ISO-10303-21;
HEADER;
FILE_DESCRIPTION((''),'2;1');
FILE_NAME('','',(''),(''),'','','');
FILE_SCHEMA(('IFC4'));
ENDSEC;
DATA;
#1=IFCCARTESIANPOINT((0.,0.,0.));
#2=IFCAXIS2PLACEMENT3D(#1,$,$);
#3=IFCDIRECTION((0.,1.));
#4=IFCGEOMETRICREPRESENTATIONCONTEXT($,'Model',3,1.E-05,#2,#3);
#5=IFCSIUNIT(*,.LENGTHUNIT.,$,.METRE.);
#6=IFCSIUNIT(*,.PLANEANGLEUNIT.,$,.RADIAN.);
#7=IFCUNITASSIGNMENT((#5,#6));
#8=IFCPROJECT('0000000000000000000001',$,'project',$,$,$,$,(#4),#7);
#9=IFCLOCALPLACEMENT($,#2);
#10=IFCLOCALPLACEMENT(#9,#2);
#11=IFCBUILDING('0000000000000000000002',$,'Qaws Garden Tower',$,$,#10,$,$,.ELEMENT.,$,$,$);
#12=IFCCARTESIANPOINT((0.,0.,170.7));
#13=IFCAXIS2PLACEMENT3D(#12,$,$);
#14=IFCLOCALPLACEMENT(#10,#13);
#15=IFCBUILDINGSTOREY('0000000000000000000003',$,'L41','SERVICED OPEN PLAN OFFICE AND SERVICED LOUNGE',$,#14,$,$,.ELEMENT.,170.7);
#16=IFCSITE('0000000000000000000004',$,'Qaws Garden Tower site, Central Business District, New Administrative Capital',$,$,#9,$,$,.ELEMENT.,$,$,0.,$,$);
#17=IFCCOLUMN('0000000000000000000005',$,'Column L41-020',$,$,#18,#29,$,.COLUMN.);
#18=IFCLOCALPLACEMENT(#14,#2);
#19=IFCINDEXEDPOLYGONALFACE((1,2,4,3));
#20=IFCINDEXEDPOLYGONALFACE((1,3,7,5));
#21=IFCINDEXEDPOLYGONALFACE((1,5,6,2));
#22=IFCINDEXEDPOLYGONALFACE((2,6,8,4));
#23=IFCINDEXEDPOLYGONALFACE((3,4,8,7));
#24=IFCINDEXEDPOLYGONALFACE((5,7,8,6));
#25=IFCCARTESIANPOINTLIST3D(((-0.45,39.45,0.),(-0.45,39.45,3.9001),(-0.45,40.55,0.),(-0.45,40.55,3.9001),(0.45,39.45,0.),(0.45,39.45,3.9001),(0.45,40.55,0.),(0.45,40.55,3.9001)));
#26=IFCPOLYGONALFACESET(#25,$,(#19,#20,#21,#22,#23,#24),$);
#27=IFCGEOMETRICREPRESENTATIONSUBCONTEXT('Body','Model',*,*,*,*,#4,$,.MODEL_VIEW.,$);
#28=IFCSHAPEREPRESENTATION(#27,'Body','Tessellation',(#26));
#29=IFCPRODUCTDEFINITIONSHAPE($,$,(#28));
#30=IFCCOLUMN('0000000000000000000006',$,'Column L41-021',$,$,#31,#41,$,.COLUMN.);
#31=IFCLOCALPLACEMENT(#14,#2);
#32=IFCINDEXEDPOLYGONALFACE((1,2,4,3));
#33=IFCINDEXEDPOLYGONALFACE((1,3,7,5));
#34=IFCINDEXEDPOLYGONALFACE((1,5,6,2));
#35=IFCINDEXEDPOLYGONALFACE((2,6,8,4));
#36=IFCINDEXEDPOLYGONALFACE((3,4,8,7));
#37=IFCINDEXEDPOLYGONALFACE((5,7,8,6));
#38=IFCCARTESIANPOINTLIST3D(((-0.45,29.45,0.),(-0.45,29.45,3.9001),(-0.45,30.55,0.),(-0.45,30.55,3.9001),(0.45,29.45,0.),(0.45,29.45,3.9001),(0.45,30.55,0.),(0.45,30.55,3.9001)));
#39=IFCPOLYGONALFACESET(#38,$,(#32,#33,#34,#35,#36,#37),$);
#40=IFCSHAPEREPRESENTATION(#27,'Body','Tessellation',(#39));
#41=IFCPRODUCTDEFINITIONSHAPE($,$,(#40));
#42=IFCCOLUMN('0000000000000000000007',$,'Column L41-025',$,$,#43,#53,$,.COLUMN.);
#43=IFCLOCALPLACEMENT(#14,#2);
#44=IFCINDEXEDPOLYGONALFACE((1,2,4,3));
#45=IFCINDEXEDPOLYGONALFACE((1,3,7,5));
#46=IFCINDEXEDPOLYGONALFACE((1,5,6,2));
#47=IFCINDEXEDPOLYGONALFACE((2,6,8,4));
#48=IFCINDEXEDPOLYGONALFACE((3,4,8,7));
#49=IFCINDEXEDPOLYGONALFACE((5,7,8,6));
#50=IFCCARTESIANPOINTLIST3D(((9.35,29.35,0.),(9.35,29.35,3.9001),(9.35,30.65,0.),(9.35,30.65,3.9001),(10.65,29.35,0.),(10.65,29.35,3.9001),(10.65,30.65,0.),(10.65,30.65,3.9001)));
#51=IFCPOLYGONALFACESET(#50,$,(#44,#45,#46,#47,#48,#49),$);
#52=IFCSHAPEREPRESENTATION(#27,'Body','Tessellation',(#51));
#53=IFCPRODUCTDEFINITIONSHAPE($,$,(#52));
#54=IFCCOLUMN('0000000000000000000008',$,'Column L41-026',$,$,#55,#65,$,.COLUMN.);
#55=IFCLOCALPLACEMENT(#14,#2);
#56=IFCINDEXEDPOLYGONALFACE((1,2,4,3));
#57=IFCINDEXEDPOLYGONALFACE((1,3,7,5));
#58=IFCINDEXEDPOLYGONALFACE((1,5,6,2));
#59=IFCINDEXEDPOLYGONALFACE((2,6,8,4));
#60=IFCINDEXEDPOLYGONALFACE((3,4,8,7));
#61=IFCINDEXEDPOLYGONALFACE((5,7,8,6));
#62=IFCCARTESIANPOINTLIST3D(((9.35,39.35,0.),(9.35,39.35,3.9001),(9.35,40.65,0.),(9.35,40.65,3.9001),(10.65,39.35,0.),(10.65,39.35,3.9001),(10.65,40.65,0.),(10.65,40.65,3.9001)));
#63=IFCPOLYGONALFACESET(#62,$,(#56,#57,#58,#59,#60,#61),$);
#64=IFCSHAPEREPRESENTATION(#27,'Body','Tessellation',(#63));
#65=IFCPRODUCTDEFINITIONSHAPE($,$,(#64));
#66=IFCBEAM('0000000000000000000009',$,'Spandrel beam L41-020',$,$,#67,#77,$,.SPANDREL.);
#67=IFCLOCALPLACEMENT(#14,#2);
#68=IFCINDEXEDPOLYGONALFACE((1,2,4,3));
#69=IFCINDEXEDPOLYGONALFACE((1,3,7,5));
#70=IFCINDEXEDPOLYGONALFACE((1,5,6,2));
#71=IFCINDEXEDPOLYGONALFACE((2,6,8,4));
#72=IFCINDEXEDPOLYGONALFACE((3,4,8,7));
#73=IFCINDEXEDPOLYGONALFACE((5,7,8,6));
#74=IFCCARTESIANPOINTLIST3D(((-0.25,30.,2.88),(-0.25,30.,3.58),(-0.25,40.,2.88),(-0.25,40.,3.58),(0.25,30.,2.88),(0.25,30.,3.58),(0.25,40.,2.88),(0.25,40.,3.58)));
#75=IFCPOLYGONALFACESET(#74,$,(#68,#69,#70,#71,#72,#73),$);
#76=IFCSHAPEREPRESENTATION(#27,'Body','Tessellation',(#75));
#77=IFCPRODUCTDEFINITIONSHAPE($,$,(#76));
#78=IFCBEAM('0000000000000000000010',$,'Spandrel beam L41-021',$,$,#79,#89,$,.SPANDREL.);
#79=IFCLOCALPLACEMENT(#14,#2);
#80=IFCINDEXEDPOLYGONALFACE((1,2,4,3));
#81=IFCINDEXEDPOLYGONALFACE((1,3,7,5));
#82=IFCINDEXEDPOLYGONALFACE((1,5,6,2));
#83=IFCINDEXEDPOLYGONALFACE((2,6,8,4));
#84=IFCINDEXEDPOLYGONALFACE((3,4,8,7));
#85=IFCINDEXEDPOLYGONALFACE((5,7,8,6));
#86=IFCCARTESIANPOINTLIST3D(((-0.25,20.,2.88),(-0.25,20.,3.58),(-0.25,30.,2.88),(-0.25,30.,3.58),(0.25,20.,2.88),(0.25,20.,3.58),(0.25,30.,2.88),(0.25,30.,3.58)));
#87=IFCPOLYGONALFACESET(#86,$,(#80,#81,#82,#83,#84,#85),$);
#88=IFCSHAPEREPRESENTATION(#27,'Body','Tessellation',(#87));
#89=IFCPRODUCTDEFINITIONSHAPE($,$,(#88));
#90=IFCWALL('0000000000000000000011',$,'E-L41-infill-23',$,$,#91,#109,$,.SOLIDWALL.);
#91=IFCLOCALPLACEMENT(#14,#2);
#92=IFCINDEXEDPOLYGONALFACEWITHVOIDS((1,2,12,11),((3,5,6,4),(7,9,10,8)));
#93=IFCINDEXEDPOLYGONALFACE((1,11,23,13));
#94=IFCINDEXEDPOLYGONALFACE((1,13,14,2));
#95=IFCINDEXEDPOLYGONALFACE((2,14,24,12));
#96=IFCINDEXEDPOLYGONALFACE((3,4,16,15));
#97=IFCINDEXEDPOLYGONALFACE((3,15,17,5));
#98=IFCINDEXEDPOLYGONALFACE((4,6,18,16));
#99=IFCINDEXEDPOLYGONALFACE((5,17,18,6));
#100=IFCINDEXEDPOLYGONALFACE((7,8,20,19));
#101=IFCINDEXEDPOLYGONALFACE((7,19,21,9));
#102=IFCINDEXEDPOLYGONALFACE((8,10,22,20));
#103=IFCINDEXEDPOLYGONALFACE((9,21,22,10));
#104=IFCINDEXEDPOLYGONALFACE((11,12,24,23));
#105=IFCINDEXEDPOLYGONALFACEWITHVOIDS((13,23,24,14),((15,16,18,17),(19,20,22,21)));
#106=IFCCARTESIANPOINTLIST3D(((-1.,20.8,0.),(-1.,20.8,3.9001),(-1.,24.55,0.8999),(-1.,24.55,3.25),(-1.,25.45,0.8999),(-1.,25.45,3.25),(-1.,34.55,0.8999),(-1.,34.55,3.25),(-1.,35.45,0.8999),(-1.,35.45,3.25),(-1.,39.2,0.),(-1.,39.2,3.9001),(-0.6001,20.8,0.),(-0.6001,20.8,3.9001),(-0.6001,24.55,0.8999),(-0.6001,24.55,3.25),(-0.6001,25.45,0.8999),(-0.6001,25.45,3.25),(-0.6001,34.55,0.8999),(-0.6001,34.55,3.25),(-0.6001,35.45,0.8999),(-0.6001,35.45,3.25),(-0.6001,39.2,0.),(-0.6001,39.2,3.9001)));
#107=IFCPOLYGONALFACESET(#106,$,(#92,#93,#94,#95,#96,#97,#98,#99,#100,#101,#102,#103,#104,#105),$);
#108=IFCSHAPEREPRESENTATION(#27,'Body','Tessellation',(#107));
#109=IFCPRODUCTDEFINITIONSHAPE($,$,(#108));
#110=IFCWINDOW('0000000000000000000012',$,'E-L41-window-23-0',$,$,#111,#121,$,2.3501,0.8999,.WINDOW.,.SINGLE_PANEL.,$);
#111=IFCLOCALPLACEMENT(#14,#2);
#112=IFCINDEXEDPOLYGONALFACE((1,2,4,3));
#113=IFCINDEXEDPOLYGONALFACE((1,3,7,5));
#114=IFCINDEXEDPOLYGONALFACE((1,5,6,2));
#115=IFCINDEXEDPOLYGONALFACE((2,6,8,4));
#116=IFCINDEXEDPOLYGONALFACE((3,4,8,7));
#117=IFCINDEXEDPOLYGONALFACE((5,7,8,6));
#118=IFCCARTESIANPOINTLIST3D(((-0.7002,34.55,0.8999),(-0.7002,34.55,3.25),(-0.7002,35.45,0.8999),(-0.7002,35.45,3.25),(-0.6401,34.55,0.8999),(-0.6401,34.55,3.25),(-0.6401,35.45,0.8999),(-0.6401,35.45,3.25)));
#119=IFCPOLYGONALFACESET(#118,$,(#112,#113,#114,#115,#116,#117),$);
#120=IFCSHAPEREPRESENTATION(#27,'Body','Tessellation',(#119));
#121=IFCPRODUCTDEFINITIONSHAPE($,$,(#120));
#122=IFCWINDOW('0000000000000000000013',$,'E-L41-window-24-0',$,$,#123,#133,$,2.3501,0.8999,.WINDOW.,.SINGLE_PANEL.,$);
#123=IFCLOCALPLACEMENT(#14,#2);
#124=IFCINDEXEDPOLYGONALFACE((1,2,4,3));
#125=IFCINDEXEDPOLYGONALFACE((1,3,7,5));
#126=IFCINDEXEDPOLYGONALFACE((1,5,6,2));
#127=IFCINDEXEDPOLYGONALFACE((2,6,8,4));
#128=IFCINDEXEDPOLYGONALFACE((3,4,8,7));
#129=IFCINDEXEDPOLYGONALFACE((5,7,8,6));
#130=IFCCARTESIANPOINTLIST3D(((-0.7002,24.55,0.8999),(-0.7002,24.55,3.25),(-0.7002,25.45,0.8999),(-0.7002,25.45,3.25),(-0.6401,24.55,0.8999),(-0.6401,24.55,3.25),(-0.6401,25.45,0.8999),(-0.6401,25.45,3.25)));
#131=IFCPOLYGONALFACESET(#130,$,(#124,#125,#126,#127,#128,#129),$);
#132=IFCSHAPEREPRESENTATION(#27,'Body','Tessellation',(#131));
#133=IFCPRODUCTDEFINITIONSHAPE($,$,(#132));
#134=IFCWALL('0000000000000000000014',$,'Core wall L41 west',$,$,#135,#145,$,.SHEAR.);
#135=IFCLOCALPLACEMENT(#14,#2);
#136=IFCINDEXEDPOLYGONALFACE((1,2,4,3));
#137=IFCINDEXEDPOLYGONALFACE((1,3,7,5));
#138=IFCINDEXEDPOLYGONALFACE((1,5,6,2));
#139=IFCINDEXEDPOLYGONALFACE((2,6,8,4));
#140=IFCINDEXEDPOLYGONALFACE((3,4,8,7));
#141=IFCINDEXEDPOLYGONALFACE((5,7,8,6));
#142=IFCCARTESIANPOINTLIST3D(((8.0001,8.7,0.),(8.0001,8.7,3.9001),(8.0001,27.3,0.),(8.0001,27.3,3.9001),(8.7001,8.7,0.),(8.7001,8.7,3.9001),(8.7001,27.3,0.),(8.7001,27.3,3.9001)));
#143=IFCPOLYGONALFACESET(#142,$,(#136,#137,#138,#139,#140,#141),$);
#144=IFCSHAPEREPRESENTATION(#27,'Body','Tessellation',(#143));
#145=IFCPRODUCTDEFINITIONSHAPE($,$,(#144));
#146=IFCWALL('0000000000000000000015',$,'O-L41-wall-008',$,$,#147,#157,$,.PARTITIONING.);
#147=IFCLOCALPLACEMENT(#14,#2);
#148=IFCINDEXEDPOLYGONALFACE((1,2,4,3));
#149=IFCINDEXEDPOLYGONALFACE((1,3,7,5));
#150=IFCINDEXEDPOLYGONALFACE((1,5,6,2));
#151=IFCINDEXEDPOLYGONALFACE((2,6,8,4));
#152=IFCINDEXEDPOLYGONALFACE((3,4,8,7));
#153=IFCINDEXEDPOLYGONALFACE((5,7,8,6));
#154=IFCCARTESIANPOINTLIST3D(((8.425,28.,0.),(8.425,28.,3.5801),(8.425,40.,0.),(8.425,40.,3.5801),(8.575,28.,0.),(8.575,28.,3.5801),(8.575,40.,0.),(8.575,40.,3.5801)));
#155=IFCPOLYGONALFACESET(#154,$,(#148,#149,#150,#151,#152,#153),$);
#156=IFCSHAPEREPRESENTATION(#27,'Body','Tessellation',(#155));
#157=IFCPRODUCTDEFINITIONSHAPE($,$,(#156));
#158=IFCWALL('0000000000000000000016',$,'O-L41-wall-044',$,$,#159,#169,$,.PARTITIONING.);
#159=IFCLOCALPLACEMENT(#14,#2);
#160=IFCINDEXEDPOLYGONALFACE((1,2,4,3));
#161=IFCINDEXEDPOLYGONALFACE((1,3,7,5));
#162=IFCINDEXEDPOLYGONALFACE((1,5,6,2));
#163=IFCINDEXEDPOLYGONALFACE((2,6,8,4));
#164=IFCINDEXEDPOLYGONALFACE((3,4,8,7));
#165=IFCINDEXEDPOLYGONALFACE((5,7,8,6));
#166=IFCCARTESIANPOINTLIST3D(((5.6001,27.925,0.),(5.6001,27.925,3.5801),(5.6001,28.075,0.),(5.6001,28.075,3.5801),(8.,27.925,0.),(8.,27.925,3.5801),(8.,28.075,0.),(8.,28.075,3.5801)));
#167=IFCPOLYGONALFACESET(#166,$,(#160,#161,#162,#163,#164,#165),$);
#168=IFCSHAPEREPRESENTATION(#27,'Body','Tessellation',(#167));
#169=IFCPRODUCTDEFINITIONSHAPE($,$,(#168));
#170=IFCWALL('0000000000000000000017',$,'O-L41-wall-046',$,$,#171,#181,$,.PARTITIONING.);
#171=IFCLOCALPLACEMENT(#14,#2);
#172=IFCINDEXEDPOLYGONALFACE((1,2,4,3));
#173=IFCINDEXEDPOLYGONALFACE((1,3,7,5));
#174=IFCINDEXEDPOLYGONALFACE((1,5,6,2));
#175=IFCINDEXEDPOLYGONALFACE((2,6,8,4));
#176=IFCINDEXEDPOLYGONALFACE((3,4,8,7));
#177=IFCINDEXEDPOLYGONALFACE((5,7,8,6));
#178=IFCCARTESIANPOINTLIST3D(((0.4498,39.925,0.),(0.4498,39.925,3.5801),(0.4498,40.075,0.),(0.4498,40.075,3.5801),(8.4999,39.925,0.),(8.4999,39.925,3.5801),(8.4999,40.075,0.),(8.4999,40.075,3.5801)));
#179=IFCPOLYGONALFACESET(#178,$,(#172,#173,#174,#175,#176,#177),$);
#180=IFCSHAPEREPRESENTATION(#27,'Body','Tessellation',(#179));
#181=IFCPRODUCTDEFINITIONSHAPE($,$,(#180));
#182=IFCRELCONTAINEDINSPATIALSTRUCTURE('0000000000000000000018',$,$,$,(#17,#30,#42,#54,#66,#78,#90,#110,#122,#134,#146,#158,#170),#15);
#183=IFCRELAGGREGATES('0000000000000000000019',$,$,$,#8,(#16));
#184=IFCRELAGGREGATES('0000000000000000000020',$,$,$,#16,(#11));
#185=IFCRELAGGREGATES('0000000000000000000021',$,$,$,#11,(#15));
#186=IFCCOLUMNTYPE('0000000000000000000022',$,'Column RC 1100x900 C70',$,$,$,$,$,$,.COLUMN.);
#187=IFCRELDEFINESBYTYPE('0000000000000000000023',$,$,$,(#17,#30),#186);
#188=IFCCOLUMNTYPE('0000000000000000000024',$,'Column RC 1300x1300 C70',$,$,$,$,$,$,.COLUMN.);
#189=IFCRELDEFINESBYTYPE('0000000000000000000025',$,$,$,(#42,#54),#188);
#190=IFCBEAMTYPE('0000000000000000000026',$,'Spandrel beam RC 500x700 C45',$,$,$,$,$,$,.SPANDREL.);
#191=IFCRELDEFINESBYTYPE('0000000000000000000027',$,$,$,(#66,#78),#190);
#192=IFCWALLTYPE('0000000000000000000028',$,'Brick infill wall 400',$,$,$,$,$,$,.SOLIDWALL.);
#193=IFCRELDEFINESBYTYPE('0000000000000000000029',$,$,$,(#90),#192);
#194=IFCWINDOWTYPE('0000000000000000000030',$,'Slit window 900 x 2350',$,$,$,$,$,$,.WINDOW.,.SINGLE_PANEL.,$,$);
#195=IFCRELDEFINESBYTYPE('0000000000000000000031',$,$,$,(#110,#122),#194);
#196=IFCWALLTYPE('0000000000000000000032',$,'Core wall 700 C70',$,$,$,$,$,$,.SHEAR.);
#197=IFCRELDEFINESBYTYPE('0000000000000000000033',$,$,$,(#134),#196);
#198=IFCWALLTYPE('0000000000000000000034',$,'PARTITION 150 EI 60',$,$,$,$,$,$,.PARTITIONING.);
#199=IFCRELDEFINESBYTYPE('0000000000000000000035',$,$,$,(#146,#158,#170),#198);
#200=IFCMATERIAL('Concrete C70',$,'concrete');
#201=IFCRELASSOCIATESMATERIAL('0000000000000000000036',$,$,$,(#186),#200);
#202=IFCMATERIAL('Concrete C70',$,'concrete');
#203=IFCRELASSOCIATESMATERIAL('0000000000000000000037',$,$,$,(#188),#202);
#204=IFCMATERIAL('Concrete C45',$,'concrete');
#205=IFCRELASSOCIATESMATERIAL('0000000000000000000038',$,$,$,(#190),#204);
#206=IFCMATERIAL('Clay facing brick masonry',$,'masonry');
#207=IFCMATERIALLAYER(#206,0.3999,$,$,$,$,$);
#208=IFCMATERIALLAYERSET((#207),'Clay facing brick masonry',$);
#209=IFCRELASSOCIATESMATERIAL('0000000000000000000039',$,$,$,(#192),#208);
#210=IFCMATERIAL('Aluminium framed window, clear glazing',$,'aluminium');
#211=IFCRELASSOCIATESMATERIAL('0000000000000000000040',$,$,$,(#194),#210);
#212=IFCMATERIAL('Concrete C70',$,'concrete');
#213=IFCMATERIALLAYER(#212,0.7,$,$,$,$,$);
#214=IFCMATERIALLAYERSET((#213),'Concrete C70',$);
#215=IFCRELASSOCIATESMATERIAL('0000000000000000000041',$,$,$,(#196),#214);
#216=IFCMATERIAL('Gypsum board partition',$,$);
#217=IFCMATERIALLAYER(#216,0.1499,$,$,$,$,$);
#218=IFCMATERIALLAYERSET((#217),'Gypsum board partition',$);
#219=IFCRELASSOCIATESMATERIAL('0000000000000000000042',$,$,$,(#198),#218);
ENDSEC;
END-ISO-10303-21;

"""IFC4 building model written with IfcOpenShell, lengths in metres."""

from ifc_helpers import new_model, si_unit, direction, frame, frame_2d, origin, origin_2d, place, context, subcontext, project, spatial, rectangle, extrude, material, layer, layer_set, material_profile, profile_set, type_object, element, fill, save


model = new_model("IFC4")

# Units and contexts
model_context = context("Model", 3, precision=1e-05, world=origin(), true_north=direction((0.0, 1.0)))
body_context = subcontext(model_context, "Body", "Model", "MODEL_VIEW")
ifc_project = project(units=[si_unit("LENGTHUNIT", "METRE"), si_unit("PLANEANGLEUNIT", "RADIAN")], contexts=[model_context])

# Site, building, storey
site_placement = place(None, origin())
site = spatial("IfcSite", under=ifc_project, at=site_placement, Name="Qaws Garden Tower site, Central Business District, New Administrative Capital", CompositionType="ELEMENT", RefElevation=0.0)
building_placement = place(site_placement, origin())
building = spatial("IfcBuilding", under=site, at=building_placement, Name="Qaws Garden Tower", CompositionType="ELEMENT")
storey_placement = place(building_placement, frame((0.0, 0.0, 170.7)))
storey = spatial("IfcBuildingStorey", under=building, at=storey_placement, Name="L41", Description="SERVICED OPEN PLAN OFFICE AND SERVICED LOUNGE", CompositionType="ELEMENT", Elevation=170.7)

# Columns
ifc_material_1 = material(Name="Concrete C70", Category="concrete")
ifc_material_profile_1 = material_profile(ifc_material_1, rectangle(XDim=1.1001, YDim=0.8999, at=origin_2d()), Name="RC 1100x900")
ifc_profile_set_1 = profile_set([ifc_material_profile_1], Name="Concrete C70")
column_type_1 = type_object("IfcColumnType", Name="Column RC 1100x900 C70", PredefinedType="COLUMN", material=ifc_profile_set_1)
for number, where, z_axis, x_axis, name in (
    (1, (0.0, 40.0, 0.0), (0.0, 0.0, 1.0), (0.0, 1.0, 0.0), "Column L41-020"),
    (2, (0.0, 30.0, 0.0), (0.0, 0.0, 1.0), (0.0, 1.0, 0.0), "Column L41-021"),
):
    element("IfcColumn", number, at=place(storey_placement, frame(where, z_axis=z_axis, x_axis=x_axis)), inside=storey, type_object=column_type_1, Name=name, PredefinedType="COLUMN", context=body_context, shape_type="SweptSolid", body=[
        extrude(rectangle(XDim=1.1001, YDim=0.8999, at=origin_2d()), origin(), (0.0, 0.0, 1.0), 3.9001),
    ])
ifc_material_2 = material(Name="Concrete C70", Category="concrete")
ifc_material_profile_2 = material_profile(ifc_material_2, rectangle(XDim=1.3, YDim=1.3, at=origin_2d()), Name="RC 1300x1300")
ifc_profile_set_2 = profile_set([ifc_material_profile_2], Name="Concrete C70")
column_type_2 = type_object("IfcColumnType", Name="Column RC 1300x1300 C70", PredefinedType="COLUMN", material=ifc_profile_set_2)
for number, where, z_axis, x_axis, name in (
    (3, (10.0, 30.0, 0.0), (0.0, 0.0, 1.0), (1.0, 0.0, 0.0), "Column L41-025"),
    (4, (10.0, 40.0, 0.0), (0.0, 0.0, 1.0), (1.0, 0.0, 0.0), "Column L41-026"),
):
    element("IfcColumn", number, at=place(storey_placement, frame(where, z_axis=z_axis, x_axis=x_axis)), inside=storey, type_object=column_type_2, Name=name, PredefinedType="COLUMN", context=body_context, shape_type="SweptSolid", body=[
        extrude(rectangle(XDim=1.3, YDim=1.3, at=origin_2d()), origin(), (0.0, 0.0, 1.0), 3.9001),
    ])

# Beams
ifc_material_3 = material(Name="Concrete C45", Category="concrete")
ifc_material_profile_3 = material_profile(ifc_material_3, rectangle(XDim=0.5, YDim=0.7, at=origin_2d()), Name="RC 500x700")
ifc_profile_set_3 = profile_set([ifc_material_profile_3], Name="Concrete C45")
beam_type = type_object("IfcBeamType", Name="Spandrel beam RC 500x700 C45", PredefinedType="SPANDREL", material=ifc_profile_set_3)
for number, where, z_axis, x_axis, name in (
    (5, (0.0, 40.0, 3.23), (0.0, -1.0, 0.0), (1.0, 0.0, 0.0), "Spandrel beam L41-020"),
    (6, (0.0, 30.0, 3.23), (0.0, -1.0, 0.0), (1.0, 0.0, 0.0), "Spandrel beam L41-021"),
):
    element("IfcBeam", number, at=place(storey_placement, frame(where, z_axis=z_axis, x_axis=x_axis)), inside=storey, type_object=beam_type, Name=name, PredefinedType="SPANDREL", context=body_context, shape_type="SweptSolid", body=[
        extrude(rectangle(XDim=0.5, YDim=0.7, at=origin_2d()), origin(), (0.0, 0.0, 1.0), 10.0),
    ])

# Wall, openings, windows
ifc_material_4 = material(Name="Clay facing brick masonry", Category="masonry")
ifc_layer_1 = layer(ifc_material_4, 0.3999)
ifc_layer_set_1 = layer_set([ifc_layer_1], Name="Clay facing brick masonry")
wall_type_1 = type_object("IfcWallType", Name="Brick infill wall 400", PredefinedType="SOLIDWALL", material=ifc_layer_set_1)
wall_1_placement = place(storey_placement, frame((-0.8, 39.2, 0.0), z_axis=(0.0, 0.0, 1.0), x_axis=(0.0, -1.0, 0.0)))
wall_1 = element("IfcWall", 7, at=wall_1_placement, inside=storey, type_object=wall_type_1, Name="E-L41-infill-23", PredefinedType="SOLIDWALL", context=body_context, shape_type="SweptSolid", body=[
    extrude(rectangle(XDim=18.3999, YDim=0.3999, at=frame_2d((9.2, 0.0))), origin(), (0.0, 0.0, 1.0), 3.9001),
])
opening_1_placement = place(wall_1_placement, frame((3.75, 0.0, 0.8999)))
opening_1 = element("IfcOpeningElement", 8, at=opening_1_placement, cuts=wall_1, PredefinedType="OPENING", context=body_context, shape_type="SweptSolid", body=[
    extrude(rectangle(XDim=0.8999, YDim=2.3501, at=frame_2d((0.45, 1.175))), frame((0.0, 0.21, 0.0), z_axis=(0.0, -1.0, 0.0), x_axis=(1.0, 0.0, 0.0)), (0.0, 0.0, 1.0), 0.4199),
])
opening_2_placement = place(wall_1_placement, frame((13.75, 0.0, 0.8999)))
opening_2 = element("IfcOpeningElement", 9, at=opening_2_placement, cuts=wall_1, PredefinedType="OPENING", context=body_context, shape_type="SweptSolid", body=[
    extrude(rectangle(XDim=0.8999, YDim=2.3501, at=frame_2d((0.45, 1.175))), frame((0.0, 0.21, 0.0), z_axis=(0.0, -1.0, 0.0), x_axis=(1.0, 0.0, 0.0)), (0.0, 0.0, 1.0), 0.4199),
])
ifc_material_5 = material(Name="Aluminium framed window, clear glazing", Category="aluminium")
window_type = type_object("IfcWindowType", Name="Slit window 900 x 2350", PartitioningType="SINGLE_PANEL", PredefinedType="WINDOW", material=ifc_material_5)
window_1_placement = place(opening_1_placement, origin())
window_1 = element("IfcWindow", 10, at=window_1_placement, inside=storey, type_object=window_type, Name="E-L41-window-23-0", OverallHeight=2.3501, OverallWidth=0.8999, PartitioningType="SINGLE_PANEL", PredefinedType="WINDOW", context=body_context, shape_type="SweptSolid", body=[
    extrude(rectangle(XDim=0.8999, YDim=2.3501, at=frame_2d((0.45, 1.175))), frame((0.0, 0.1599, 0.0), z_axis=(0.0, -1.0, 0.0), x_axis=(1.0, 0.0, 0.0)), (0.0, 0.0, 1.0), 0.0601),
])
fill(opening_1, window_1)
window_2_placement = place(opening_2_placement, origin())
window_2 = element("IfcWindow", 11, at=window_2_placement, inside=storey, type_object=window_type, Name="E-L41-window-24-0", OverallHeight=2.3501, OverallWidth=0.8999, PartitioningType="SINGLE_PANEL", PredefinedType="WINDOW", context=body_context, shape_type="SweptSolid", body=[
    extrude(rectangle(XDim=0.8999, YDim=2.3501, at=frame_2d((0.45, 1.175))), frame((0.0, 0.1599, 0.0), z_axis=(0.0, -1.0, 0.0), x_axis=(1.0, 0.0, 0.0)), (0.0, 0.0, 1.0), 0.0601),
])
fill(opening_2, window_2)

# Walls
ifc_material_6 = material(Name="Concrete C70", Category="concrete")
ifc_layer_2 = layer(ifc_material_6, 0.7)
ifc_layer_set_2 = layer_set([ifc_layer_2], Name="Concrete C70")
wall_type_2 = type_object("IfcWallType", Name="Core wall 700 C70", PredefinedType="SHEAR", material=ifc_layer_set_2)
wall_2_placement = place(storey_placement, frame((8.3501, 27.3, 0.0), z_axis=(0.0, 0.0, 1.0), x_axis=(0.0, -1.0, 0.0)))
element("IfcWall", 12, at=wall_2_placement, inside=storey, type_object=wall_type_2, Name="Core wall L41 west", PredefinedType="SHEAR", context=body_context, shape_type="SweptSolid", body=[
    extrude(rectangle(XDim=18.6001, YDim=0.7, at=frame_2d((9.3, 0.0))), origin(), (0.0, 0.0, 1.0), 3.9001),
])
ifc_material_7 = material(Name="Gypsum board partition")
ifc_layer_3 = layer(ifc_material_7, 0.1499)
ifc_layer_set_3 = layer_set([ifc_layer_3], Name="Gypsum board partition")
wall_type_3 = type_object("IfcWallType", Name="PARTITION 150 EI 60", PredefinedType="PARTITIONING", material=ifc_layer_set_3)
wall_3_placement = place(storey_placement, frame((8.5, 28.0, 0.0), z_axis=(0.0, 0.0, 1.0), x_axis=(0.0, 1.0, 0.0)))
element("IfcWall", 13, at=wall_3_placement, inside=storey, type_object=wall_type_3, Name="O-L41-wall-008", PredefinedType="PARTITIONING", context=body_context, shape_type="SweptSolid", body=[
    extrude(rectangle(XDim=12.0, YDim=0.1499, at=frame_2d((6.0, 0.0))), origin(), (0.0, 0.0, 1.0), 3.5801),
])
wall_4_placement = place(storey_placement, frame((5.6001, 28.0, 0.0), z_axis=(0.0, 0.0, 1.0), x_axis=(1.0, 0.0, 0.0)))
element("IfcWall", 14, at=wall_4_placement, inside=storey, type_object=wall_type_3, Name="O-L41-wall-044", PredefinedType="PARTITIONING", context=body_context, shape_type="SweptSolid", body=[
    extrude(rectangle(XDim=2.3999, YDim=0.1499, at=frame_2d((1.2, 0.0))), origin(), (0.0, 0.0, 1.0), 3.5801),
])
wall_5_placement = place(storey_placement, frame((0.45, 40.0, 0.0), z_axis=(0.0, 0.0, 1.0), x_axis=(1.0, 0.0, 0.0)))
element("IfcWall", 15, at=wall_5_placement, inside=storey, type_object=wall_type_3, Name="O-L41-wall-046", PredefinedType="PARTITIONING", context=body_context, shape_type="SweptSolid", body=[
    extrude(rectangle(XDim=8.05, YDim=0.1499, at=frame_2d((4.0249, 0.0))), origin(), (0.0, 0.0, 1.0), 3.5801),
])

save(model, "model.ifc")
